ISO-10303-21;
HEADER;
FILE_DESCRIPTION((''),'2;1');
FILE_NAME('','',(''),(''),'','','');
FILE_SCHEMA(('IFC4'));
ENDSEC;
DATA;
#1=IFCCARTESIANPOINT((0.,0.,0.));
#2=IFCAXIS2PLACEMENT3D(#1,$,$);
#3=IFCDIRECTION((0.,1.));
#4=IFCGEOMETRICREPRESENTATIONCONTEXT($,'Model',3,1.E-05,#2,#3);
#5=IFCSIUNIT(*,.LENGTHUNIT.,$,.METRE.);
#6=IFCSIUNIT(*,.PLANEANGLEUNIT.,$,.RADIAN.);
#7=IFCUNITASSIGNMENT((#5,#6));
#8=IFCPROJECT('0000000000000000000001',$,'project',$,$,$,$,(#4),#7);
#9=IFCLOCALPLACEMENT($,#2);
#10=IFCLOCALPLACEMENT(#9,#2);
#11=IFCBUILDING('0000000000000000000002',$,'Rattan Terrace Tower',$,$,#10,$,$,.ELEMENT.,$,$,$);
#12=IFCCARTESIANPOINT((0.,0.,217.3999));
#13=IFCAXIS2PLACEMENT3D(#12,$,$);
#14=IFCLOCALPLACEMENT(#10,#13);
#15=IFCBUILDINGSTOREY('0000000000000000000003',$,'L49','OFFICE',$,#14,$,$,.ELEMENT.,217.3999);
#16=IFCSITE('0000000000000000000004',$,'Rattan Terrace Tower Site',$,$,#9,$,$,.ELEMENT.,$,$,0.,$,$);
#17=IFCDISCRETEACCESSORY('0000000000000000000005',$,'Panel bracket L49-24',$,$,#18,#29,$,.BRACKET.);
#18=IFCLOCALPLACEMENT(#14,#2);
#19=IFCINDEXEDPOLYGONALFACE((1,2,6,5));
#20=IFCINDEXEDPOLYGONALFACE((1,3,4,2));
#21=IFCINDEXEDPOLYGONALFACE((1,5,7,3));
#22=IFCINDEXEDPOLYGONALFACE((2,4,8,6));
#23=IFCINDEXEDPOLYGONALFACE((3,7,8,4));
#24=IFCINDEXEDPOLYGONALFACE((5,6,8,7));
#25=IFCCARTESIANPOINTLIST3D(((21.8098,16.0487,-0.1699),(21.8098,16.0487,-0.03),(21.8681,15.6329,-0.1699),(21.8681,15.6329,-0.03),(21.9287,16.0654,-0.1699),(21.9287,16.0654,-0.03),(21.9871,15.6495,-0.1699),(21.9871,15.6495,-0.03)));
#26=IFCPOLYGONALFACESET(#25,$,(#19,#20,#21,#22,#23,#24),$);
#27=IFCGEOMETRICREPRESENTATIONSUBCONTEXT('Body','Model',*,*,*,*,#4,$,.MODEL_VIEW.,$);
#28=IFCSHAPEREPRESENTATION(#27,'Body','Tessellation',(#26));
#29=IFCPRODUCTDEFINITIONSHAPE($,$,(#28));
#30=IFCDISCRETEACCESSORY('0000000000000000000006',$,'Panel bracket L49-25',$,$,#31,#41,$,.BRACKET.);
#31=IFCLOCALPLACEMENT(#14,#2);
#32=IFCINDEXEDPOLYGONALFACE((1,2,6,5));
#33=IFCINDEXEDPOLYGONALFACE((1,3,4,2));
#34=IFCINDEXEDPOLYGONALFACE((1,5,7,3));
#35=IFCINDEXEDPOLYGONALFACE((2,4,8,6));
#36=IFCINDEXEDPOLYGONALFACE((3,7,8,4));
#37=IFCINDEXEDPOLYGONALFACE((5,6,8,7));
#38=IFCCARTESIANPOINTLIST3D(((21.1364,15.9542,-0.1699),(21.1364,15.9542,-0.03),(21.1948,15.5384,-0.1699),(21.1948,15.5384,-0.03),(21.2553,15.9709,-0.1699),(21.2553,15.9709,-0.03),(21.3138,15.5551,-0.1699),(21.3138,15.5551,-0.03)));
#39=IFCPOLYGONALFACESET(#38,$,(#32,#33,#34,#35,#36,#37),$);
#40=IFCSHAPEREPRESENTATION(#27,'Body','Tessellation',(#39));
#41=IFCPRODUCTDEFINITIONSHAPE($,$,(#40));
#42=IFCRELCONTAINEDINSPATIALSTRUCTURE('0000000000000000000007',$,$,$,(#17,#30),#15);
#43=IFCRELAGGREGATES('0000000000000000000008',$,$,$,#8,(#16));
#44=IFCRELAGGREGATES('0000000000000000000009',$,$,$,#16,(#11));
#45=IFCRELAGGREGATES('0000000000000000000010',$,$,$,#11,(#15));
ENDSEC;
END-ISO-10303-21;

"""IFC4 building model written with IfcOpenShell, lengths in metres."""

from ifc_helpers import new_model, si_unit, direction, frame, origin, origin_2d, place, context, subcontext, project, spatial, rectangle, extrude, element, save


model = new_model("IFC4")

# Units and contexts
model_context = context("Model", 3, precision=1e-05, world=origin(), true_north=direction((0.0, 1.0)))
body_context = subcontext(model_context, "Body", "Model", "MODEL_VIEW")
ifc_project = project(units=[si_unit("LENGTHUNIT", "METRE"), si_unit("PLANEANGLEUNIT", "RADIAN")], contexts=[model_context])

# Site, building, storey
site_placement = place(None, origin())
site = spatial("IfcSite", under=ifc_project, at=site_placement, Name="Rattan Terrace Tower Site", CompositionType="ELEMENT", RefElevation=0.0)
building_placement = place(site_placement, origin())
building = spatial("IfcBuilding", under=site, at=building_placement, Name="Rattan Terrace Tower", CompositionType="ELEMENT")
storey_placement = place(building_placement, frame((0.0, 0.0, 217.3999)))
storey = spatial("IfcBuildingStorey", under=building, at=storey_placement, Name="L49", Description="OFFICE", CompositionType="ELEMENT", Elevation=217.3999)

# Discrete accessories
for number, where, z_axis, x_axis, name in (
    (1, (21.8984, 15.8491, -0.1699), (0.0, 0.0, 1.0), (-0.990293, -0.138994, 0.0), "Panel bracket L49-24"),
    (2, (21.2251, 15.7546, -0.1699), (0.0, 0.0, 1.0), (-0.990267, -0.139177, 0.0), "Panel bracket L49-25"),
):
    element("IfcDiscreteAccessory", number, at=place(storey_placement, frame(where, z_axis=z_axis, x_axis=x_axis)), inside=storey, Name=name, PredefinedType="BRACKET", context=body_context, shape_type="SweptSolid", body=[
        extrude(rectangle(XDim=0.1201, YDim=0.4199, at=origin_2d()), origin(), (0.0, 0.0, 1.0), 0.1399),
    ])

save(model, "model.ifc")
